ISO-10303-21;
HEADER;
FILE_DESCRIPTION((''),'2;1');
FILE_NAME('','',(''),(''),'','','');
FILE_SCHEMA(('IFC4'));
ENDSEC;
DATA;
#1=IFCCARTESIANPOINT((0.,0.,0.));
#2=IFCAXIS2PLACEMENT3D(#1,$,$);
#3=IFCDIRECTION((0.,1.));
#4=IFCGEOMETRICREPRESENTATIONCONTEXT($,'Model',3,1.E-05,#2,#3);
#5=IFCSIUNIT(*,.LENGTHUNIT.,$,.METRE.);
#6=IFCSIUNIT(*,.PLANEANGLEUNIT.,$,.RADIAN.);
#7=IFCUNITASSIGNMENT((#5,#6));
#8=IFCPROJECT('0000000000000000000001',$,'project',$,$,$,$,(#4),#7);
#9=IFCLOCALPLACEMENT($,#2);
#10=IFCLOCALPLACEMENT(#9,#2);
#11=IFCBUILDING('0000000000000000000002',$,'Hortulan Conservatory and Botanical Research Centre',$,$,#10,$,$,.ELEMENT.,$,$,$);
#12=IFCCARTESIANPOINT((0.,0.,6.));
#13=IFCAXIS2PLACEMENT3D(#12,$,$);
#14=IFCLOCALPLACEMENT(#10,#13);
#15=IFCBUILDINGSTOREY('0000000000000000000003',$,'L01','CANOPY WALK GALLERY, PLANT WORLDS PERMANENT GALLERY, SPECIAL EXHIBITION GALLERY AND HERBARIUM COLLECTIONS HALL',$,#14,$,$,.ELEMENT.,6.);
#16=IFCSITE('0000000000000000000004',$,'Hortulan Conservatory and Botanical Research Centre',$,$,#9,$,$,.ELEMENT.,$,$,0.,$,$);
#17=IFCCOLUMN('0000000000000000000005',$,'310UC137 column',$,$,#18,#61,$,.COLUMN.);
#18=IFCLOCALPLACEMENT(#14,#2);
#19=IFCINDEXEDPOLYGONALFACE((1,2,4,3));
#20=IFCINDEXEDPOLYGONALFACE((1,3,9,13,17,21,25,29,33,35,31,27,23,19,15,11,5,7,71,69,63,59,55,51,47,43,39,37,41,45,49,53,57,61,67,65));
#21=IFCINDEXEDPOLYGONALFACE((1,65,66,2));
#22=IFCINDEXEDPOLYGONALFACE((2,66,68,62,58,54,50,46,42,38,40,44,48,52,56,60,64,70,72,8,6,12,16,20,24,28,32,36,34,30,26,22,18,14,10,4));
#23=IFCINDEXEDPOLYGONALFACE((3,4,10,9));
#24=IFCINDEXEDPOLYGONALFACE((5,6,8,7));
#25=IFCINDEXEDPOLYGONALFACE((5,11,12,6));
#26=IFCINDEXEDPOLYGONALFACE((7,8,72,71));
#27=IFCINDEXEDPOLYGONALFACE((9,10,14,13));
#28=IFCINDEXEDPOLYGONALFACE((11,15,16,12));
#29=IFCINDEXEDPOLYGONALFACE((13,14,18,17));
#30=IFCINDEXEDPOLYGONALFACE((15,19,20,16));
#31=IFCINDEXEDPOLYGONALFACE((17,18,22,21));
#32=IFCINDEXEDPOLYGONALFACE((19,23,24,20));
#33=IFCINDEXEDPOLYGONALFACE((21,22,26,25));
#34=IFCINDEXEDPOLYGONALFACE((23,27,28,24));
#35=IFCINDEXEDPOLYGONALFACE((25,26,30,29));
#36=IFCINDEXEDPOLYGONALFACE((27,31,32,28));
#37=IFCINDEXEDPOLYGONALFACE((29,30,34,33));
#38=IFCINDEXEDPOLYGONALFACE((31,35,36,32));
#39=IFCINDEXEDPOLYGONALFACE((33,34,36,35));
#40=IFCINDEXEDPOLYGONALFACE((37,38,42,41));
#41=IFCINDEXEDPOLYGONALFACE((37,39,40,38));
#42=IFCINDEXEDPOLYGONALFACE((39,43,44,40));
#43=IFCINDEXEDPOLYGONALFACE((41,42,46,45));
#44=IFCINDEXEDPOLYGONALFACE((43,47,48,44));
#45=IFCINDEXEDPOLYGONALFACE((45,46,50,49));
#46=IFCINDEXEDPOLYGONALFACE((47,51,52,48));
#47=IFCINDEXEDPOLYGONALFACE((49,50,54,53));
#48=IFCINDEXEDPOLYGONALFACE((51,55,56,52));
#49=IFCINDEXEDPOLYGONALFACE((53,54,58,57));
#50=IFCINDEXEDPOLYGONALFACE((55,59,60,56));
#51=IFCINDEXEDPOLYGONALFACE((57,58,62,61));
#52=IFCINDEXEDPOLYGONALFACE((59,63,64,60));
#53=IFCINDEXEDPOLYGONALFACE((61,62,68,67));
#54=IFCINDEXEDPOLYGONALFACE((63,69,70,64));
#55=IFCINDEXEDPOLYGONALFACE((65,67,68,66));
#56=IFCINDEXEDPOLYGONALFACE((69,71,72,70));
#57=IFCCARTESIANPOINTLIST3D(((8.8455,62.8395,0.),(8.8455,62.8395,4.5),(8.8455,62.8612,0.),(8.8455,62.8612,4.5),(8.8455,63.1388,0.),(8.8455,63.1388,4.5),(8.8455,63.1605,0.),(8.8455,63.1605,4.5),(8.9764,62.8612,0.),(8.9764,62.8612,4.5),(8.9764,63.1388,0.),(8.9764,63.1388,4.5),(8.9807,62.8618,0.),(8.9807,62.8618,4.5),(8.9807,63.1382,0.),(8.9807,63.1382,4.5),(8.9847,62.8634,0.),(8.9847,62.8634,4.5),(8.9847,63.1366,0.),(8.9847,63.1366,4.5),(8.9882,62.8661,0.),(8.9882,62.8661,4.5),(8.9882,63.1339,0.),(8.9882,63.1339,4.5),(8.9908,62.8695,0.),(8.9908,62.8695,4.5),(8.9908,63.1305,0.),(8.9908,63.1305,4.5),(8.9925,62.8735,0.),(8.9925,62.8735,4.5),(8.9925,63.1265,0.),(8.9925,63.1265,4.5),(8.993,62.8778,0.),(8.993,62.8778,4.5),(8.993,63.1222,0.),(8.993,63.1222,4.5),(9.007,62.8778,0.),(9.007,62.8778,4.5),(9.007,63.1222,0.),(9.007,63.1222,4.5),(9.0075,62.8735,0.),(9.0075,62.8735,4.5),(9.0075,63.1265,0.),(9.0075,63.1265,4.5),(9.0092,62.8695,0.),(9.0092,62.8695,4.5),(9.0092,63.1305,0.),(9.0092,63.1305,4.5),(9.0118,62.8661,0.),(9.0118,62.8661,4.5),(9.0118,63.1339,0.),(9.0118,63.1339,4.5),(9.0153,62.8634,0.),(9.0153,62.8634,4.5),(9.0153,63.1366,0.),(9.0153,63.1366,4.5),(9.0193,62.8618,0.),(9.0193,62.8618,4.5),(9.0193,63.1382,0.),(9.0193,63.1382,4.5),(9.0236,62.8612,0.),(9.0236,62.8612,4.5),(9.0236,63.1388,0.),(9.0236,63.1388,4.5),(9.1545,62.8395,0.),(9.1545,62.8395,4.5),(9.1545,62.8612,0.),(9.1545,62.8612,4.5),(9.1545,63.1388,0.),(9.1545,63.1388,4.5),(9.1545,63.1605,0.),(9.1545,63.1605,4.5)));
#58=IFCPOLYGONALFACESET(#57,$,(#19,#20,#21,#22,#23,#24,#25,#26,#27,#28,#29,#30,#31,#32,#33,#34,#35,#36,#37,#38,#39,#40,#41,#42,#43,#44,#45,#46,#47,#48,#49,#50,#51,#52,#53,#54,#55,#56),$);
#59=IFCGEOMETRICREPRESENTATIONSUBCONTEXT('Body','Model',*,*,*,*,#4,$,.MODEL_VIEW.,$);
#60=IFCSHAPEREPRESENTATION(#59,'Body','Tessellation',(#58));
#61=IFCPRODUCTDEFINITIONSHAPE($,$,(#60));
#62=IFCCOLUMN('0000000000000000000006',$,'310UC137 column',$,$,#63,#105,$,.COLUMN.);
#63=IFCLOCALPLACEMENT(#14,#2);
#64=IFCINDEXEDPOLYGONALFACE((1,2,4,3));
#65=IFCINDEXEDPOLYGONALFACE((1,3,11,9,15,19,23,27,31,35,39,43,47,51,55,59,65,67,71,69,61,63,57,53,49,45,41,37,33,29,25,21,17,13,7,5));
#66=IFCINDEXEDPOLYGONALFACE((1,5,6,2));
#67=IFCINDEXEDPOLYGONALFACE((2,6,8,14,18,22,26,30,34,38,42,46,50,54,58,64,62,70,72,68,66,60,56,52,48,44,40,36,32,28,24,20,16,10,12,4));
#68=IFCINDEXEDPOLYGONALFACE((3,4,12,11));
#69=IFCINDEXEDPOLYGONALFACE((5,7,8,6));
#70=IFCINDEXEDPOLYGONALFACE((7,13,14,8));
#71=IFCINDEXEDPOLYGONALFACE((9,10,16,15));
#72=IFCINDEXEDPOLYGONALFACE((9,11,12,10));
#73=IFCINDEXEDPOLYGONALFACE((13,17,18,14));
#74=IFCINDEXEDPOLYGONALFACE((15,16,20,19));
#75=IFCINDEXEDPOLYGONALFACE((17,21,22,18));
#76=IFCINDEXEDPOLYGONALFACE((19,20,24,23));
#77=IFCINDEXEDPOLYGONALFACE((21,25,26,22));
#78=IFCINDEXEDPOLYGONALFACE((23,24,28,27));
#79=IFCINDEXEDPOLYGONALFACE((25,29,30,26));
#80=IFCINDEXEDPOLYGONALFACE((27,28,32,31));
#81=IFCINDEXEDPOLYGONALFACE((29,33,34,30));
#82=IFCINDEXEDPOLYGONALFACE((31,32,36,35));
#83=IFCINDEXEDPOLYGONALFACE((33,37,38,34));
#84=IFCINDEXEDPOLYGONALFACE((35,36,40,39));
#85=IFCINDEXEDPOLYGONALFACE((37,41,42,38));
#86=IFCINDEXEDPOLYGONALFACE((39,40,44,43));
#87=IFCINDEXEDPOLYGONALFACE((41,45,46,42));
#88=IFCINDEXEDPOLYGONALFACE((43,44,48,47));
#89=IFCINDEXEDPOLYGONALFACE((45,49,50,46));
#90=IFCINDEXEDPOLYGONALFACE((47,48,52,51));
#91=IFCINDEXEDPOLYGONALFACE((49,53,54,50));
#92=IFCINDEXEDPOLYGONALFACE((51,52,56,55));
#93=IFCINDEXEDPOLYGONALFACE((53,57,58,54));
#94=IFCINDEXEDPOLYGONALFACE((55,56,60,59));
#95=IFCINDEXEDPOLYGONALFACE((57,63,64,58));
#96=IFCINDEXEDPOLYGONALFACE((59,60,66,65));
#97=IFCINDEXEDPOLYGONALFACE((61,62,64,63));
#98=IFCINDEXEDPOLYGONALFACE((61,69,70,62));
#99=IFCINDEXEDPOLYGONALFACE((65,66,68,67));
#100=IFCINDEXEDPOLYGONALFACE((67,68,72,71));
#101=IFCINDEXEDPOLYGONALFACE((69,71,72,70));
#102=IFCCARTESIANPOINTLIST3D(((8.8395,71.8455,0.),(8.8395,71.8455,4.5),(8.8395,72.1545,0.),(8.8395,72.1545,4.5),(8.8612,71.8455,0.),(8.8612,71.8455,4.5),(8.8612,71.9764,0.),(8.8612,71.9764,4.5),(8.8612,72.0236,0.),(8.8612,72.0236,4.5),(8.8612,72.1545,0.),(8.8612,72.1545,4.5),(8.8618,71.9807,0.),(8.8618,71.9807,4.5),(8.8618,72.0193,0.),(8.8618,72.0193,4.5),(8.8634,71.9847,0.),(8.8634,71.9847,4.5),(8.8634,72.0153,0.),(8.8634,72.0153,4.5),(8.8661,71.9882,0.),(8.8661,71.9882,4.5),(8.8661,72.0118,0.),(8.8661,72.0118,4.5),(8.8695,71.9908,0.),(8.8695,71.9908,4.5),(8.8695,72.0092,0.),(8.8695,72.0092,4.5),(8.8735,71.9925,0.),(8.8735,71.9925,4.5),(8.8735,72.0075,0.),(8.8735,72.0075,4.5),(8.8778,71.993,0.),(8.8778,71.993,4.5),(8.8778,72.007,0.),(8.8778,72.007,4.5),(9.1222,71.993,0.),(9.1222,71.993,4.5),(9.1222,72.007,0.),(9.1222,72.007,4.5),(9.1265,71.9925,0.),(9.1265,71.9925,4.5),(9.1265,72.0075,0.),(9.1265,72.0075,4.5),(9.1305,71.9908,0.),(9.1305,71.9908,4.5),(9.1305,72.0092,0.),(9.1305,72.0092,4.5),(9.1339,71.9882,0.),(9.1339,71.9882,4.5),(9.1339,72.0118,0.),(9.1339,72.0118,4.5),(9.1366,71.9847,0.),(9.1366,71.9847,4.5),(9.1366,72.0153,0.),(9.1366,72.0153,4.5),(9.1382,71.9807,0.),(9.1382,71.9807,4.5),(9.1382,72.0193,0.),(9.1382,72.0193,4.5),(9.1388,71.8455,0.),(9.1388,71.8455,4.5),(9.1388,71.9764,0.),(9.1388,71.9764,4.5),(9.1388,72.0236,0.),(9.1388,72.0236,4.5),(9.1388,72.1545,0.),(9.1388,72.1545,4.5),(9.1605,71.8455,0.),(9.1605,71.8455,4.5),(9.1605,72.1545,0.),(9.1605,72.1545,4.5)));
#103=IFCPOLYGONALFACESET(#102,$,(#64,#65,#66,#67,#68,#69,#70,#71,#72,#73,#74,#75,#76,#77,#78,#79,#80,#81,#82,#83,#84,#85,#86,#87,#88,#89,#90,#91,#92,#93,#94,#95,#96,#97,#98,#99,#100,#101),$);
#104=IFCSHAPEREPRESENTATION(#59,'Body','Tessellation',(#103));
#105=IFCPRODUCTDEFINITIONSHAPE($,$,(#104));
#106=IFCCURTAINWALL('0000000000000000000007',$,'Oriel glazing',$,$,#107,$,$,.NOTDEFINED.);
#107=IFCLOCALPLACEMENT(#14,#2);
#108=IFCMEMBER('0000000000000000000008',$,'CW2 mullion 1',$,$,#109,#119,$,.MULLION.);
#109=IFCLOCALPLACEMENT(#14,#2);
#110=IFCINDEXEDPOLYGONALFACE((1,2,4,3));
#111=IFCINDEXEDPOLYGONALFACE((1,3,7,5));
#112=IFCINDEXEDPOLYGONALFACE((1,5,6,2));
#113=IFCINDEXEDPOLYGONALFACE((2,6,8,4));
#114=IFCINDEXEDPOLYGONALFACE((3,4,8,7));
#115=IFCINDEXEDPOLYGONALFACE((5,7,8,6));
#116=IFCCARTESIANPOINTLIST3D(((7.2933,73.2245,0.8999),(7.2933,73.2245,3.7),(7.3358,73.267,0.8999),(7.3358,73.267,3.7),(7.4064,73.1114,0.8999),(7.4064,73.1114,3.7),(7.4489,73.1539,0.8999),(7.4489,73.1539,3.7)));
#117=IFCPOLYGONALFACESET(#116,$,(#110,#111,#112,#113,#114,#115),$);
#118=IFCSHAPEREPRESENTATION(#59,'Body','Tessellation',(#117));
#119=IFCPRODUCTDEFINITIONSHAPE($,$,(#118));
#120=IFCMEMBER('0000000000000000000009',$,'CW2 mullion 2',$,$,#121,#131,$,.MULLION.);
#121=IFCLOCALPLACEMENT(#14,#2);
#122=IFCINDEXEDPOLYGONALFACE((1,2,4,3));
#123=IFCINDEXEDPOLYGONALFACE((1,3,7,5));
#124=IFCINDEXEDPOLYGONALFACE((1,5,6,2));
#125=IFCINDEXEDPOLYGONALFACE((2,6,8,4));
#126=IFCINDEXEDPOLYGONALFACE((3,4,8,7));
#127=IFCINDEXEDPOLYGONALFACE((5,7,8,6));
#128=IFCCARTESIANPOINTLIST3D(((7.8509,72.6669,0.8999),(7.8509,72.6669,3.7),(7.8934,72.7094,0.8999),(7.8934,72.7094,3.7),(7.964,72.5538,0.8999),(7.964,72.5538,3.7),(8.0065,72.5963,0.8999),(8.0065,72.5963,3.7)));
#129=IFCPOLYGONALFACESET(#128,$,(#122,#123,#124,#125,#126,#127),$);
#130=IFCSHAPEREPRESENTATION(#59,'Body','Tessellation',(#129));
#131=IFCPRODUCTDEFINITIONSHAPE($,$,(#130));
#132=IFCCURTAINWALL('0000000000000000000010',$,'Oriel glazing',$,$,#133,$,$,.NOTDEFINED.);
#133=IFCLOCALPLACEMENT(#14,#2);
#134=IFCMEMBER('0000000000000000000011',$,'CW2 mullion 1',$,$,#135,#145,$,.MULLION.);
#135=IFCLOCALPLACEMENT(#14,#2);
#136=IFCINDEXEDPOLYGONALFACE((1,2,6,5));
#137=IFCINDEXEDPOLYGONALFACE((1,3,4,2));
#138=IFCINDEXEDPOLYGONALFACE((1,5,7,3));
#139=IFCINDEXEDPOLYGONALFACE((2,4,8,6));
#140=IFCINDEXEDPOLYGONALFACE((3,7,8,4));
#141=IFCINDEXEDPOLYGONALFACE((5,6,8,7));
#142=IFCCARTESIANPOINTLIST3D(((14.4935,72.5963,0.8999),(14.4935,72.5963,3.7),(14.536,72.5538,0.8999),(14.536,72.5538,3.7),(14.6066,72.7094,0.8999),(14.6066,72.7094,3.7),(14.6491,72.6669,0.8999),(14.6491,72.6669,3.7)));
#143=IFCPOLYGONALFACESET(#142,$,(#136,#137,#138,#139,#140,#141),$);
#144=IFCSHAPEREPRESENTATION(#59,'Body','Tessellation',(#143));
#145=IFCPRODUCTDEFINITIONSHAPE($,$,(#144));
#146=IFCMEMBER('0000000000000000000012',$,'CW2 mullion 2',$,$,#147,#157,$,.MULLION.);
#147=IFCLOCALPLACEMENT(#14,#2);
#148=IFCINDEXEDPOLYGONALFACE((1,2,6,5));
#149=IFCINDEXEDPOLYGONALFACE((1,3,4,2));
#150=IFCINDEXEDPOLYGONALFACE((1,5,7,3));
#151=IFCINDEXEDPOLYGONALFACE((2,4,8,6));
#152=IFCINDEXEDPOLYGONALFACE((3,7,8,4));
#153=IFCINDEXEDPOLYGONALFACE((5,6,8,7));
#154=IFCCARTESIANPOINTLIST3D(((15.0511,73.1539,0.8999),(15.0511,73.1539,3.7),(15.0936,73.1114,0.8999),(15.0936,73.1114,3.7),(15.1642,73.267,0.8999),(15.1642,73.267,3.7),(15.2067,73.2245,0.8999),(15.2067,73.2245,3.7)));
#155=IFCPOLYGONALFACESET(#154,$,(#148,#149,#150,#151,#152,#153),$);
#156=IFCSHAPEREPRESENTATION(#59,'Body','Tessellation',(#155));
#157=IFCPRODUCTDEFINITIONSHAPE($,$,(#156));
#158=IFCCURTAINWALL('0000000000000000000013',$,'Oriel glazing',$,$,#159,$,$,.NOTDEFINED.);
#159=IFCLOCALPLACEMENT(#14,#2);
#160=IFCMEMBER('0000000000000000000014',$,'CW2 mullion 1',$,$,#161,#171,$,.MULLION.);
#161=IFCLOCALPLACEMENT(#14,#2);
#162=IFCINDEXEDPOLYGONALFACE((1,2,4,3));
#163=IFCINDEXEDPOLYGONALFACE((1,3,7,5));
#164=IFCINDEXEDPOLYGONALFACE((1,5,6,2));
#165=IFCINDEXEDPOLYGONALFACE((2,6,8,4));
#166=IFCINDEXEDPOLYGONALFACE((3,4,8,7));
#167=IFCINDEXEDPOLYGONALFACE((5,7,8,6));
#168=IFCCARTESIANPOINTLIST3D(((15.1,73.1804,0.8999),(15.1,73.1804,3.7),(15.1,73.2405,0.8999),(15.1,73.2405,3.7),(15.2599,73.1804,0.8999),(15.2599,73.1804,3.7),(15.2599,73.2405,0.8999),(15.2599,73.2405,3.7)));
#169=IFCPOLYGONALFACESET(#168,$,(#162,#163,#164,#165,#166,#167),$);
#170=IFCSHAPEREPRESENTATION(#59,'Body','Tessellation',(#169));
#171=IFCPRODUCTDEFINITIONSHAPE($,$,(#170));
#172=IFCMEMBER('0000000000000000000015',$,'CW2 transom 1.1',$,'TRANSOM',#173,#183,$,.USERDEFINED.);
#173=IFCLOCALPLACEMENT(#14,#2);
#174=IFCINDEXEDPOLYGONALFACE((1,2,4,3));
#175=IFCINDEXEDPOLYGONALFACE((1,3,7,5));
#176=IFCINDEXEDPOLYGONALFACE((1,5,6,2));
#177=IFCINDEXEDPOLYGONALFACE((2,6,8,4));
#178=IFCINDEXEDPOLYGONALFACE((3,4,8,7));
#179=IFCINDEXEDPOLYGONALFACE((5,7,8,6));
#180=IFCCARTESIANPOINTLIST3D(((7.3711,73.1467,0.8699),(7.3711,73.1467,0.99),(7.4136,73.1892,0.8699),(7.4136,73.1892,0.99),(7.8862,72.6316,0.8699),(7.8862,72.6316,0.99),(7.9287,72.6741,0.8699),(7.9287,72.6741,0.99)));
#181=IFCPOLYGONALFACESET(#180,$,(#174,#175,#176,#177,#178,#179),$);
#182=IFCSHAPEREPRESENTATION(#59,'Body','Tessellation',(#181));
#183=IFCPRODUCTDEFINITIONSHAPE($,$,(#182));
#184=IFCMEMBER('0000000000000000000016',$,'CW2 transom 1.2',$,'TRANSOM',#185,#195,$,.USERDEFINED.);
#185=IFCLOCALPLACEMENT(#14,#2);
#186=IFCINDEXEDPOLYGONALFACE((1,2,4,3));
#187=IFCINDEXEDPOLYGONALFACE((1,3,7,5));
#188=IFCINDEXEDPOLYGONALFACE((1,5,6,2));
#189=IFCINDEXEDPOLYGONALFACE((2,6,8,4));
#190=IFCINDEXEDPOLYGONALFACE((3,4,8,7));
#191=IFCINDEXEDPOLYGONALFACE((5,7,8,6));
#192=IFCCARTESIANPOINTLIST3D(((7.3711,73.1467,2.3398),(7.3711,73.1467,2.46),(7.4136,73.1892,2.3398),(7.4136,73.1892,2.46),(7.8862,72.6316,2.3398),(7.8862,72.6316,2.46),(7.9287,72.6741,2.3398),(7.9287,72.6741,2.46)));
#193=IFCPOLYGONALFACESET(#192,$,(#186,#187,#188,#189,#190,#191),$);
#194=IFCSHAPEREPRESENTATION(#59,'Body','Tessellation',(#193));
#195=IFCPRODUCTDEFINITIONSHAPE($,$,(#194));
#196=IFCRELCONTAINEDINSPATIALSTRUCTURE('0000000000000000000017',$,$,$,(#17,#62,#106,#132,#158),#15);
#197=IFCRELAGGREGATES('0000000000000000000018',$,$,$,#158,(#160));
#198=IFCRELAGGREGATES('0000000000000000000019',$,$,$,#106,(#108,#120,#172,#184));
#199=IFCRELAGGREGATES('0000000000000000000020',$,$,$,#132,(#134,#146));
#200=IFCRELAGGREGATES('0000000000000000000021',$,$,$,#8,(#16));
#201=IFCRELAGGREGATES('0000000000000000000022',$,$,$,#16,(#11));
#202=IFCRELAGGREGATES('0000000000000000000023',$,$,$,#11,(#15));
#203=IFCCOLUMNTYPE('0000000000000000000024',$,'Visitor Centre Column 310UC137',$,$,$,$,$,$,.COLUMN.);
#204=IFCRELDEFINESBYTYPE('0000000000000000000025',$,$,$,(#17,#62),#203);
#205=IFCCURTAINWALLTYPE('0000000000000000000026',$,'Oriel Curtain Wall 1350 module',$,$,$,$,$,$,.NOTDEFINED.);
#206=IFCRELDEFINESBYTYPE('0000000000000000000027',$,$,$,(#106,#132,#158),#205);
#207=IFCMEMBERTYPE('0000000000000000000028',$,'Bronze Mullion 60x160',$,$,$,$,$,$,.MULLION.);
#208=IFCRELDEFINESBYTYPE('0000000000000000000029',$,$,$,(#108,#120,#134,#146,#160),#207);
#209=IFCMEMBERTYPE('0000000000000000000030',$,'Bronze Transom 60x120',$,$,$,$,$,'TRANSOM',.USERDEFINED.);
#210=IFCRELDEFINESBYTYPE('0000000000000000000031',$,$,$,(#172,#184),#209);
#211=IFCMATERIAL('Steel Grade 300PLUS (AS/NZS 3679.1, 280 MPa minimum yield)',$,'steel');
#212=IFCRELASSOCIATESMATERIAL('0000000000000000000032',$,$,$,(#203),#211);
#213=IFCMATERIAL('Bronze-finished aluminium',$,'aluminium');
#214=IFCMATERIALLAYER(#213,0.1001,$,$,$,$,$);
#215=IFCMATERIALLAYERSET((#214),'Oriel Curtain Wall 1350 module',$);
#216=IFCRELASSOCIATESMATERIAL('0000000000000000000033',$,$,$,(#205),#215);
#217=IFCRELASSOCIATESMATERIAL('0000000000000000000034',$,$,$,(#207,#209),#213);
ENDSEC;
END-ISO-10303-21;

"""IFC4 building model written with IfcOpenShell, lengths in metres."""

from ifc_helpers import new_model, si_unit, direction, frame, origin, origin_2d, place, context, subcontext, project, spatial, rectangle, i_section, extrude, material, layer, layer_set, material_profile, profile_set, type_object, element, aggregate, save


model = new_model("IFC4")

# Units and contexts
model_context = context("Model", 3, precision=1e-05, world=origin(), true_north=direction((0.0, 1.0)))
body_context = subcontext(model_context, "Body", "Model", "MODEL_VIEW")
ifc_project = project(units=[si_unit("LENGTHUNIT", "METRE"), si_unit("PLANEANGLEUNIT", "RADIAN")], contexts=[model_context])

# Site, building, storey
site_placement = place(None, origin())
site = spatial("IfcSite", under=ifc_project, at=site_placement, Name="Hortulan Conservatory and Botanical Research Centre", CompositionType="ELEMENT", RefElevation=0.0)
building_placement = place(site_placement, origin())
building = spatial("IfcBuilding", under=site, at=building_placement, Name="Hortulan Conservatory and Botanical Research Centre", CompositionType="ELEMENT")
storey_placement = place(building_placement, frame((0.0, 0.0, 6.0)))
storey = spatial("IfcBuildingStorey", under=building, at=storey_placement, Name="L01", Description="CANOPY WALK GALLERY, PLANT WORLDS PERMANENT GALLERY, SPECIAL EXHIBITION GALLERY AND HERBARIUM COLLECTIONS HALL", CompositionType="ELEMENT", Elevation=6.0)

# Columns
ifc_material_1 = material(Name="Steel Grade 300PLUS (AS/NZS 3679.1, 280 MPa minimum yield)", Category="steel")
ifc_material_profile_1 = material_profile(ifc_material_1, i_section(OverallWidth=0.3091, OverallDepth=0.321, WebThickness=0.0139, FlangeThickness=0.0217, FilletRadius=0.0166, at=origin_2d()), Name="310UC137")
ifc_profile_set_1 = profile_set([ifc_material_profile_1], Name="Steel Grade 300PLUS (AS/NZS 3679.1, 280 MPa minimum yield)")
column_type = type_object("IfcColumnType", Name="Visitor Centre Column 310UC137", PredefinedType="COLUMN", material=ifc_profile_set_1)
for number, where, z_axis, x_axis, name in (
    (1, (9.0, 63.0, 0.0), (0.0, 0.0, 1.0), (1.0, 0.0, 0.0), "310UC137 column"),
    (2, (9.0, 72.0, 0.0), (0.0, 0.0, 1.0), (0.0, 1.0, 0.0), "310UC137 column"),
):
    element("IfcColumn", number, at=place(storey_placement, frame(where, z_axis=z_axis, x_axis=x_axis)), inside=storey, type_object=column_type, Name=name, PredefinedType="COLUMN", context=body_context, shape_type="SweptSolid", body=[
        extrude(i_section(OverallWidth=0.3091, OverallDepth=0.321, WebThickness=0.0139, FlangeThickness=0.0217, FilletRadius=0.0166, at=origin_2d()), origin(), (0.0, 0.0, 1.0), 4.5),
    ])

# Curtain walls, members
ifc_material_2 = material(Name="Bronze-finished aluminium", Category="aluminium")
ifc_layer_1 = layer(ifc_material_2, 0.1001)
ifc_layer_set_1 = layer_set([ifc_layer_1], Name="Oriel Curtain Wall 1350 module")
curtain_wall_type = type_object("IfcCurtainWallType", Name="Oriel Curtain Wall 1350 module", PredefinedType="NOTDEFINED", material=ifc_layer_set_1)
curtain_wall_1_placement = place(storey_placement, origin())
curtain_wall_1 = element("IfcCurtainWall", 3, at=curtain_wall_1_placement, inside=storey, type_object=curtain_wall_type, Name="Oriel glazing", PredefinedType="NOTDEFINED")
ifc_material_profile_2 = material_profile(ifc_material_2, rectangle(XDim=0.0601, YDim=0.1599, at=origin_2d()), Name="Bronze Mullion 60x160")
ifc_profile_set_2 = profile_set([ifc_material_profile_2], Name="Bronze-finished aluminium")
member_type_1 = type_object("IfcMemberType", Name="Bronze Mullion 60x160", PredefinedType="MULLION", material=ifc_profile_set_2)
member_1_placement = place(storey_placement, frame((7.3711, 73.1892, 0.8999), z_axis=(0.0, 0.0, 1.0), x_axis=(0.707107, 0.707107, 0.0)))
member_1 = element("IfcMember", 4, at=member_1_placement, type_object=member_type_1, Name="CW2 mullion 1", PredefinedType="MULLION", context=body_context, shape_type="SweptSolid", body=[
    extrude(rectangle(XDim=0.0601, YDim=0.1599, at=origin_2d()), origin(), (0.0, 0.0, 1.0), 2.8),
])
member_2_placement = place(storey_placement, frame((7.9287, 72.6316, 0.8999), z_axis=(0.0, 0.0, 1.0), x_axis=(0.707107, 0.707107, 0.0)))
member_2 = element("IfcMember", 5, at=member_2_placement, type_object=member_type_1, Name="CW2 mullion 2", PredefinedType="MULLION", context=body_context, shape_type="SweptSolid", body=[
    extrude(rectangle(XDim=0.0601, YDim=0.1599, at=origin_2d()), origin(), (0.0, 0.0, 1.0), 2.8),
])
curtain_wall_2_placement = place(storey_placement, origin())
curtain_wall_2 = element("IfcCurtainWall", 6, at=curtain_wall_2_placement, inside=storey, type_object=curtain_wall_type, Name="Oriel glazing", PredefinedType="NOTDEFINED")
member_3_placement = place(storey_placement, frame((14.5713, 72.6316, 0.8999), z_axis=(0.0, 0.0, 1.0), x_axis=(-0.707107, 0.707107, 0.0)))
member_3 = element("IfcMember", 7, at=member_3_placement, type_object=member_type_1, Name="CW2 mullion 1", PredefinedType="MULLION", context=body_context, shape_type="SweptSolid", body=[
    extrude(rectangle(XDim=0.0601, YDim=0.1599, at=origin_2d()), origin(), (0.0, 0.0, 1.0), 2.8),
])
member_4_placement = place(storey_placement, frame((15.1289, 73.1892, 0.8999), z_axis=(0.0, 0.0, 1.0), x_axis=(-0.707107, 0.707107, 0.0)))
member_4 = element("IfcMember", 8, at=member_4_placement, type_object=member_type_1, Name="CW2 mullion 2", PredefinedType="MULLION", context=body_context, shape_type="SweptSolid", body=[
    extrude(rectangle(XDim=0.0601, YDim=0.1599, at=origin_2d()), origin(), (0.0, 0.0, 1.0), 2.8),
])

# Curtain wall, member
curtain_wall_3_placement = place(storey_placement, origin())
curtain_wall_3 = element("IfcCurtainWall", 9, at=curtain_wall_3_placement, inside=storey, type_object=curtain_wall_type, Name="Oriel glazing", PredefinedType="NOTDEFINED")
member_5_placement = place(storey_placement, frame((15.1799, 73.2104, 0.8999), z_axis=(0.0, 0.0, 1.0), x_axis=(0.0, 1.0, 0.0)))
member_5 = element("IfcMember", 10, at=member_5_placement, type_object=member_type_1, Name="CW2 mullion 1", PredefinedType="MULLION", context=body_context, shape_type="SweptSolid", body=[
    extrude(rectangle(XDim=0.0601, YDim=0.1599, at=origin_2d()), origin(), (0.0, 0.0, 1.0), 2.8),
])

# Members
ifc_material_profile_3 = material_profile(ifc_material_2, rectangle(XDim=0.0601, YDim=0.1201, at=origin_2d()), Name="Bronze Transom 60x120")
ifc_profile_set_3 = profile_set([ifc_material_profile_3], Name="Bronze-finished aluminium")
member_type_2 = type_object("IfcMemberType", Name="Bronze Transom 60x120", ElementType="TRANSOM", PredefinedType="USERDEFINED", material=ifc_profile_set_3)
member_6_placement = place(storey_placement, frame((7.3923, 73.168, 0.9299), z_axis=(0.707107, -0.707107, 0.0), x_axis=(0.707107, 0.707107, 0.0)))
member_6 = element("IfcMember", 11, at=member_6_placement, type_object=member_type_2, Name="CW2 transom 1.1", ObjectType="TRANSOM", PredefinedType="USERDEFINED", context=body_context, shape_type="SweptSolid", body=[
    extrude(rectangle(XDim=0.0601, YDim=0.1201, at=origin_2d()), origin(), (0.0, 0.0, 1.0), 0.7285),
])
member_7_placement = place(storey_placement, frame((7.3923, 73.168, 2.3999), z_axis=(0.707107, -0.707107, 0.0), x_axis=(0.707107, 0.707107, 0.0)))
member_7 = element("IfcMember", 12, at=member_7_placement, type_object=member_type_2, Name="CW2 transom 1.2", ObjectType="TRANSOM", PredefinedType="USERDEFINED", context=body_context, shape_type="SweptSolid", body=[
    extrude(rectangle(XDim=0.0601, YDim=0.1201, at=origin_2d()), origin(), (0.0, 0.0, 1.0), 0.7285),
])
aggregate(curtain_wall_3, [member_5])

aggregate(curtain_wall_1, [member_1, member_2, member_6, member_7])
aggregate(curtain_wall_2, [member_3, member_4])

save(model, "model.ifc")
